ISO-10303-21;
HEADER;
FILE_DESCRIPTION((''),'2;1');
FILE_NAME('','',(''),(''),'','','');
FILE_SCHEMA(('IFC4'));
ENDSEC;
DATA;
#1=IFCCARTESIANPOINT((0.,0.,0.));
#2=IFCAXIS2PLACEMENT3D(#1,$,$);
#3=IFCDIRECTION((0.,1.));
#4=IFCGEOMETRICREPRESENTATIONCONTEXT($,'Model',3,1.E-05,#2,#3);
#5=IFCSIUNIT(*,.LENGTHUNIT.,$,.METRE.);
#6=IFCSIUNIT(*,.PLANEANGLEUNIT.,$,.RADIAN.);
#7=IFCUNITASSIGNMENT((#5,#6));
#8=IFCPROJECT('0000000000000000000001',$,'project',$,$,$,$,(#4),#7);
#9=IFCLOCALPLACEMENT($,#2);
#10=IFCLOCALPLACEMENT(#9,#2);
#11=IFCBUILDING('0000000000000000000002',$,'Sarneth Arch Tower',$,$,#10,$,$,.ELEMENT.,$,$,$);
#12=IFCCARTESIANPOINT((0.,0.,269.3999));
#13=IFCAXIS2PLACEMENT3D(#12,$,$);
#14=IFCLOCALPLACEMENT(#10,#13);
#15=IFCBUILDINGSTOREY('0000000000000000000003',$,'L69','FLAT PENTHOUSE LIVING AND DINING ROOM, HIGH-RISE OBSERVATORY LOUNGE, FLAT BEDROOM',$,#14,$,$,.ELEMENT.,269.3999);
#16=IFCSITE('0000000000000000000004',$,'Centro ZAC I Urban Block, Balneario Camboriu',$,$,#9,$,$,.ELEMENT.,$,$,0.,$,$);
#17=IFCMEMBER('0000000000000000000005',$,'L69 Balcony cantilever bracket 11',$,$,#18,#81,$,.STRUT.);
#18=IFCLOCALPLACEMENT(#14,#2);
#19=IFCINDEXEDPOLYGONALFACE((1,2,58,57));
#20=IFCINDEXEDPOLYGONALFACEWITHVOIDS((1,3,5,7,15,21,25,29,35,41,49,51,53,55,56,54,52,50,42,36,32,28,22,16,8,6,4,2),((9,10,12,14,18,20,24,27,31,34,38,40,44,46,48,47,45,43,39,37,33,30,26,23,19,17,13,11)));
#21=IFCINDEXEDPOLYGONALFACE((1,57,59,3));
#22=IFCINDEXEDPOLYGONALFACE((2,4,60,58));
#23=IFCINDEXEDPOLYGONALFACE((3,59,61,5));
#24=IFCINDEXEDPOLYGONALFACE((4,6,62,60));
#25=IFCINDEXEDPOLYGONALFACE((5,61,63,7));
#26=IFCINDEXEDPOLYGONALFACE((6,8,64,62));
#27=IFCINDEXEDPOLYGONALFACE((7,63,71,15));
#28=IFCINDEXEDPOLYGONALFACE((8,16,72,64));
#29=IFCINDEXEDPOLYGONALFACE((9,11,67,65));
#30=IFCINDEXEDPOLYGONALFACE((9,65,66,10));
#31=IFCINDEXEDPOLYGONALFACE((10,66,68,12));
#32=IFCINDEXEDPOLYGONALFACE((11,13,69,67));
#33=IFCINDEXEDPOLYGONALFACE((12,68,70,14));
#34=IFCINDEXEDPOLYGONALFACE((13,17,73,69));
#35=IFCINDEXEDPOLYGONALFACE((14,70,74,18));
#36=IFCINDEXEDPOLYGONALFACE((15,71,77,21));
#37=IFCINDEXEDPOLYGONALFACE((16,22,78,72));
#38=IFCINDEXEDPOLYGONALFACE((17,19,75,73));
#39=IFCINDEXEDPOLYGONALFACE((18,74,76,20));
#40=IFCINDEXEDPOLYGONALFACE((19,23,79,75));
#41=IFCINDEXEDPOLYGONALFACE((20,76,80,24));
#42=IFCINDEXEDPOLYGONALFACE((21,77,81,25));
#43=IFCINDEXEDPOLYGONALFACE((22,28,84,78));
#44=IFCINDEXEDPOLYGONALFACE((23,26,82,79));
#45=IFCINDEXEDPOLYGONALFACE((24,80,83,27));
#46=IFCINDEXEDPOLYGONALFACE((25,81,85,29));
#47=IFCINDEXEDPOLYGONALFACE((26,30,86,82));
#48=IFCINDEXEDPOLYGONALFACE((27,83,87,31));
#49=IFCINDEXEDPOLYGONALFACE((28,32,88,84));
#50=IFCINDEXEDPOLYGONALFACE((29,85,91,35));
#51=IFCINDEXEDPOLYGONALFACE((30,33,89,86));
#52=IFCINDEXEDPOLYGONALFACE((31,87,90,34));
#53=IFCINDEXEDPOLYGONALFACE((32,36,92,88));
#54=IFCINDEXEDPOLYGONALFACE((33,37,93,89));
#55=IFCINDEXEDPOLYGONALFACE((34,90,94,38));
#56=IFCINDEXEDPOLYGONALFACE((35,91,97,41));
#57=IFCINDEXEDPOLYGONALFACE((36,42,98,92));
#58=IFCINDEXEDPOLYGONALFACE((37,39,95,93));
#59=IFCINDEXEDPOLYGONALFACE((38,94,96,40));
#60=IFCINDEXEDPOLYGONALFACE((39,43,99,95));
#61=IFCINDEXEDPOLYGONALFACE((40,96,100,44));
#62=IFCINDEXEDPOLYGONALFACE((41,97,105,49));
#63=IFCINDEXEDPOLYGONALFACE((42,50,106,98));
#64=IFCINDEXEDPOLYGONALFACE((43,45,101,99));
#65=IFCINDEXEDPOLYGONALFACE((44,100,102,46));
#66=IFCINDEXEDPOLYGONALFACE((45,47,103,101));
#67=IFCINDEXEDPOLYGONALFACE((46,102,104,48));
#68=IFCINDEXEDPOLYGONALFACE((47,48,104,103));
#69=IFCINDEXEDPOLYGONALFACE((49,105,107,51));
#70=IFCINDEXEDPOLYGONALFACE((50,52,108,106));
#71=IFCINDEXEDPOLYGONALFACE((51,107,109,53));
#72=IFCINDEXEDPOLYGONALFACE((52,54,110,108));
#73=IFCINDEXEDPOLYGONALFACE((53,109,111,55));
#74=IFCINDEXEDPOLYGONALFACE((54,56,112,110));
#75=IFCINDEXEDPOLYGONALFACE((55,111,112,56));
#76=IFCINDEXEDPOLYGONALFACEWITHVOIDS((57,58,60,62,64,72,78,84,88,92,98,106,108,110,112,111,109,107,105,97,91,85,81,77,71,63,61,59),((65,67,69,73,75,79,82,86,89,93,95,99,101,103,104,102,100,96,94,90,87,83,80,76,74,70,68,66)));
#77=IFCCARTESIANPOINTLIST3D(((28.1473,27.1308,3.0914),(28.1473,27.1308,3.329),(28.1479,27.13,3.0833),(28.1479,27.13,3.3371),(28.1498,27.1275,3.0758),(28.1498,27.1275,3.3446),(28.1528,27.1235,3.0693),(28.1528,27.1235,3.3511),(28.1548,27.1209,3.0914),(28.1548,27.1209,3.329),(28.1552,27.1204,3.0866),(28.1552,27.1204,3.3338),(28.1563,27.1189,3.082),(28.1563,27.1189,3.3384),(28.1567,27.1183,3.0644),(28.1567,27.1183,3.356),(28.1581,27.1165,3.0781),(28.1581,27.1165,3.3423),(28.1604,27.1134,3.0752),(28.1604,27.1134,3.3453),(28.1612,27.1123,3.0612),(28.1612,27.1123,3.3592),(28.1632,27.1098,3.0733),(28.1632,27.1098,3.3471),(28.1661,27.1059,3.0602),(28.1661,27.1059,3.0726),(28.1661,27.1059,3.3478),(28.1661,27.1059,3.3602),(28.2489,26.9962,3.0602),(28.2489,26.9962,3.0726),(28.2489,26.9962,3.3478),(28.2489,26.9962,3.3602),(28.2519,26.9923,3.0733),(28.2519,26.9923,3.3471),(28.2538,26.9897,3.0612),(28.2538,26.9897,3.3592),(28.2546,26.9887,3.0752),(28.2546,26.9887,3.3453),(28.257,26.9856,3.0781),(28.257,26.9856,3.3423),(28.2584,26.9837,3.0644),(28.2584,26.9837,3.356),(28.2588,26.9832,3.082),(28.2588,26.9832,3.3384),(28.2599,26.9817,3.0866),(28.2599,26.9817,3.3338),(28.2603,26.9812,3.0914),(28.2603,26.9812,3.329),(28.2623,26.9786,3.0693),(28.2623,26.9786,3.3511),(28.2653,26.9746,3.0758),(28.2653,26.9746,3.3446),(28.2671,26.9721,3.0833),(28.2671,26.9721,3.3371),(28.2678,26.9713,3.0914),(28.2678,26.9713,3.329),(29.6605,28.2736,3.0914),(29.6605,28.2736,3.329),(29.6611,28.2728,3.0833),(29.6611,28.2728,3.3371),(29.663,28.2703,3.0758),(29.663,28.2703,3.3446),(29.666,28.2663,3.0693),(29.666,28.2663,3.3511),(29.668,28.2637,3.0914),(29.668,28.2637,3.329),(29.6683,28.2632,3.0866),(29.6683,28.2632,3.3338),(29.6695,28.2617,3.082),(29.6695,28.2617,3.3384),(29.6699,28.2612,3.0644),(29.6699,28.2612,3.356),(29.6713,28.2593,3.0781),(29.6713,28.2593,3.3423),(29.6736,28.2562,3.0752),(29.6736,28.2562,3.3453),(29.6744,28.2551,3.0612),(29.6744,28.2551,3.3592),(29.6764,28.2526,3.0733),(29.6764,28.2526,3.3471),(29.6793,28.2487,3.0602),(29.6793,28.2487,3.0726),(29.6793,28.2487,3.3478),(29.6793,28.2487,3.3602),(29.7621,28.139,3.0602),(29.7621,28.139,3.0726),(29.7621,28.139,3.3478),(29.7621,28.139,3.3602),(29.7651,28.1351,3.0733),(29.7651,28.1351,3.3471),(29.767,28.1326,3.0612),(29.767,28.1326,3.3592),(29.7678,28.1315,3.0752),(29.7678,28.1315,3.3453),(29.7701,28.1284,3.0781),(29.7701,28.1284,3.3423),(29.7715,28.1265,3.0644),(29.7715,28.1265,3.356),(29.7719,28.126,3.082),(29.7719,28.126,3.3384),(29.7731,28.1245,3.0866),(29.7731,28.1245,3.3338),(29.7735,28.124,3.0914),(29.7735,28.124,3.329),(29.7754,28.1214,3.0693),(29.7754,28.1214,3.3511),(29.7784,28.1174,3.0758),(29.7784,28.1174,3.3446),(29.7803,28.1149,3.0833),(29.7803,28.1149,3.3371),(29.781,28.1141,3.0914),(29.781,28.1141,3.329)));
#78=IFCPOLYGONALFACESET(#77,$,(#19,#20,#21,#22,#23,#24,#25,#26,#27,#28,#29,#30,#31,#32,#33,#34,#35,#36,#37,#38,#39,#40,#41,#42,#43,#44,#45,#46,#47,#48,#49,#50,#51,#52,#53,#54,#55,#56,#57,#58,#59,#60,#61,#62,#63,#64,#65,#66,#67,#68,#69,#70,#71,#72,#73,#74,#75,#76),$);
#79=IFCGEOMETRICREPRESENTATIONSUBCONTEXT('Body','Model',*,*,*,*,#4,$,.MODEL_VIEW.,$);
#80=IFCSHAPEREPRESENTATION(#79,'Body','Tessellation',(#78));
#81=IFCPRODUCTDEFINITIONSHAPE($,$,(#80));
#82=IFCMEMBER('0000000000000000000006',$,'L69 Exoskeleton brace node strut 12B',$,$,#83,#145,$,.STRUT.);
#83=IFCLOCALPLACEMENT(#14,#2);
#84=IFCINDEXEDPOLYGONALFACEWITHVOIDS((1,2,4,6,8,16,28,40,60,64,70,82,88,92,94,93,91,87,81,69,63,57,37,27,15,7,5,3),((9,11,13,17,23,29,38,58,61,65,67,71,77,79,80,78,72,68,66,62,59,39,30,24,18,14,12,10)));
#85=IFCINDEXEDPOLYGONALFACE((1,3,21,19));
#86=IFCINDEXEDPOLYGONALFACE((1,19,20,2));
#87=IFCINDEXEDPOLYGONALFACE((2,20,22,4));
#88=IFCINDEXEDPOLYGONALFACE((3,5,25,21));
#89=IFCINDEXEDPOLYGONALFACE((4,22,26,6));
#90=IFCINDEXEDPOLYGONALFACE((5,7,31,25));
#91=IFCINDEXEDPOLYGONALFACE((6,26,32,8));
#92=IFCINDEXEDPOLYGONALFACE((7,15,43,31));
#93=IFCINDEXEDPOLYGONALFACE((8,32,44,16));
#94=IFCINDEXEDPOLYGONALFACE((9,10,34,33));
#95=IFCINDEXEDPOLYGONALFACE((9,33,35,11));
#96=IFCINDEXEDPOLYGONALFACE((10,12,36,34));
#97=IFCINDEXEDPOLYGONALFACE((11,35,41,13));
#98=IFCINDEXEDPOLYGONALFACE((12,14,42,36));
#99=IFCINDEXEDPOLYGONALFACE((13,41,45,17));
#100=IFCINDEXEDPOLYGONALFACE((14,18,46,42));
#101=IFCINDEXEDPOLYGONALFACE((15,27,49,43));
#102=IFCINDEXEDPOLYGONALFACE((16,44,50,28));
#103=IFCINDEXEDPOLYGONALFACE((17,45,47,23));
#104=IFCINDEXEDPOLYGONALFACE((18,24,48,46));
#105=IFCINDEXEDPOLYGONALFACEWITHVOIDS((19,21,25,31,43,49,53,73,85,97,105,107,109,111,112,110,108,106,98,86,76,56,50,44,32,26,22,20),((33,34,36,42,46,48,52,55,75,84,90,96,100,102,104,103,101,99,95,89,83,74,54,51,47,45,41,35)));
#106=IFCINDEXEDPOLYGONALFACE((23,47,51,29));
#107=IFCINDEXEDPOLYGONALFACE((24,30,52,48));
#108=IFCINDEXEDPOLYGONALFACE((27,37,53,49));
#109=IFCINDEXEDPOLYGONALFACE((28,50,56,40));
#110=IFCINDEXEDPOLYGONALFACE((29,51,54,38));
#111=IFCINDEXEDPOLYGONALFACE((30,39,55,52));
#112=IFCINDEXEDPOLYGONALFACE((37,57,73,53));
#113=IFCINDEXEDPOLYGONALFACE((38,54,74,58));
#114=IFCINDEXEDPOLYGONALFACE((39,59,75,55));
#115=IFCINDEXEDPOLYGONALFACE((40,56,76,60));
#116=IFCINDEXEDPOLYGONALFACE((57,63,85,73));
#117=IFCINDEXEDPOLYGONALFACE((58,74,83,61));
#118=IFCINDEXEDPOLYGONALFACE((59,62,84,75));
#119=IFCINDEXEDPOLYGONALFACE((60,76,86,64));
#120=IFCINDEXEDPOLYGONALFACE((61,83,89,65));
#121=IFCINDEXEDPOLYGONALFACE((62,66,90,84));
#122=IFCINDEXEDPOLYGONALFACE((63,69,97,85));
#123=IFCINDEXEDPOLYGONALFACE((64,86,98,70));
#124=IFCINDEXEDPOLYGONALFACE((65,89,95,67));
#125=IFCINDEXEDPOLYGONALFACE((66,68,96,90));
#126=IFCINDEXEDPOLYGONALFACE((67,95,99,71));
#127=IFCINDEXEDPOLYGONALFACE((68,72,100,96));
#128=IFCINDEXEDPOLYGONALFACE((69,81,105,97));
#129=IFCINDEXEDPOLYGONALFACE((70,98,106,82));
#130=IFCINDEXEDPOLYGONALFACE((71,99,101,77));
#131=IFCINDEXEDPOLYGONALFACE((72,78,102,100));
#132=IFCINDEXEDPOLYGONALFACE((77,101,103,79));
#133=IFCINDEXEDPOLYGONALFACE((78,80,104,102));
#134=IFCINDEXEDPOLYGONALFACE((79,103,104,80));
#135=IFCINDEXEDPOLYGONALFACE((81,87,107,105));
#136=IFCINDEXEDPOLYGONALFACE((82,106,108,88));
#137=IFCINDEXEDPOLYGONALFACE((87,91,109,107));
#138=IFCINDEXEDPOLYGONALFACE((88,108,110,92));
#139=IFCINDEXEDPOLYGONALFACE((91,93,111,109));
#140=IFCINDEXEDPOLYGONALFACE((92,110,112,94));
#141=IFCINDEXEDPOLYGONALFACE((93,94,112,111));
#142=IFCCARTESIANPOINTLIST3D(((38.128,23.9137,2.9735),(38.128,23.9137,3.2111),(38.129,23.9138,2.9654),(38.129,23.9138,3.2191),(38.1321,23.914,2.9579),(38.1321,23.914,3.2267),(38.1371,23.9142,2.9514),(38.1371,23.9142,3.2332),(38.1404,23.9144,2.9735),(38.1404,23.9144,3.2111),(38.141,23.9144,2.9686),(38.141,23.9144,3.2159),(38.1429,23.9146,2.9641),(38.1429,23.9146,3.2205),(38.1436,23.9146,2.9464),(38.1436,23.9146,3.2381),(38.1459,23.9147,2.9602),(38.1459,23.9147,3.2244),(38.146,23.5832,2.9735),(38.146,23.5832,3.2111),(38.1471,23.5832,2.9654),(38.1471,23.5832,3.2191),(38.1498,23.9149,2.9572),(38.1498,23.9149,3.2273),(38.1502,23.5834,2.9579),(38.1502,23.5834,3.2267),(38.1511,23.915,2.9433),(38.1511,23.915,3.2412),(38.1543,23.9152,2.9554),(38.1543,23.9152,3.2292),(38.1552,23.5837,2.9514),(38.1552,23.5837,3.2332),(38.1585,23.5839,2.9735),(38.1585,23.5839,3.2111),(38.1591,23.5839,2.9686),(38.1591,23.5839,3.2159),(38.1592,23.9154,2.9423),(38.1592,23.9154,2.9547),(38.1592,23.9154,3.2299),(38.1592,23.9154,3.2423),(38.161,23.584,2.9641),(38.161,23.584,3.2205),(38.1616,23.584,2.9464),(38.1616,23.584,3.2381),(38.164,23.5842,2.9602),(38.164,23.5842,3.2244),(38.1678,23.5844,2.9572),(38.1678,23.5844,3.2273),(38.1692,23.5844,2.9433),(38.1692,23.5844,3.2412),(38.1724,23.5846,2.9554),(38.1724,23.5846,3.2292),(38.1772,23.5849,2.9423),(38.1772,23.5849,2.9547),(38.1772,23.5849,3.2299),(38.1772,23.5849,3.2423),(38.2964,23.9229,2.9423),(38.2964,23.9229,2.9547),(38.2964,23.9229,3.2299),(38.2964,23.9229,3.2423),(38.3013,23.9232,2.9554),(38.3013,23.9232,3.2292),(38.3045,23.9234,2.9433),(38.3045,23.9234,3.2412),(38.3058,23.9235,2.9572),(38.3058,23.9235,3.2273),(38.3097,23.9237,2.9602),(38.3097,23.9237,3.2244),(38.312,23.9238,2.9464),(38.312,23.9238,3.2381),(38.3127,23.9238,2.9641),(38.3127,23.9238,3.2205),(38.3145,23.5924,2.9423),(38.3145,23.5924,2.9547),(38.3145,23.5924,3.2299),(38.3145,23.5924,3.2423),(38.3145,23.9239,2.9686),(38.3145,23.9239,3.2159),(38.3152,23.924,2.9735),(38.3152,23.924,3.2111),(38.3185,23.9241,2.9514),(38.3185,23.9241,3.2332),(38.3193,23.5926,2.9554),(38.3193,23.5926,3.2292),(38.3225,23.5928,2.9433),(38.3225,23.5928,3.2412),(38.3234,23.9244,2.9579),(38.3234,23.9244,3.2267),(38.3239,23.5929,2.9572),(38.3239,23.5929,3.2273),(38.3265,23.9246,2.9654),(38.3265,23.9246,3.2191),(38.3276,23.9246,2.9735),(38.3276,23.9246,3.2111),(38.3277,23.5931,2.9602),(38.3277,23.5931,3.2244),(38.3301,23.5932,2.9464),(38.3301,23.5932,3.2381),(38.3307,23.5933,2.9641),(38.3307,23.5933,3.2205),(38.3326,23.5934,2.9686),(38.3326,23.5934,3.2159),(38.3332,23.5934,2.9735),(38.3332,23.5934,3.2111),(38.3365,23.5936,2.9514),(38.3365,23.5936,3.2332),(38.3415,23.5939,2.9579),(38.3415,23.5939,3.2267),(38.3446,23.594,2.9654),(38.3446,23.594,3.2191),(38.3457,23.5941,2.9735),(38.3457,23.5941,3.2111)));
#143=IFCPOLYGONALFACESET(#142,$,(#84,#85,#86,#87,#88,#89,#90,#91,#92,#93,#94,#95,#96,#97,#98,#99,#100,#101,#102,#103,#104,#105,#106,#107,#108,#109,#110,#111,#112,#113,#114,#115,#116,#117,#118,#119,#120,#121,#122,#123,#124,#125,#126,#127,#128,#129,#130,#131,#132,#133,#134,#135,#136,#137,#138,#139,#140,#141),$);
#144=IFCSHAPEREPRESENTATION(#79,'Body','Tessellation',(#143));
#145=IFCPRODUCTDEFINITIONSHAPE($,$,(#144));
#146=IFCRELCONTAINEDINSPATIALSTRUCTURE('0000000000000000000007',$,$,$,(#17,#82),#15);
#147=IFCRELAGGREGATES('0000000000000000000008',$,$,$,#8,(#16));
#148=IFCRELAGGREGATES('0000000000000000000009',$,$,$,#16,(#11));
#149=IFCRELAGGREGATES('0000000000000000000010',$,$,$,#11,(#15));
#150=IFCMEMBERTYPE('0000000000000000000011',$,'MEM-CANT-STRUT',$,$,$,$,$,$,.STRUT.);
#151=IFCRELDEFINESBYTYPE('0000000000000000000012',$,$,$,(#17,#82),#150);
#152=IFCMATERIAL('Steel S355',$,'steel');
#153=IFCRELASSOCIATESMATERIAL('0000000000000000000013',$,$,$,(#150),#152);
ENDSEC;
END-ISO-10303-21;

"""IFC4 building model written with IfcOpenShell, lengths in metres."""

from ifc_helpers import new_model, si_unit, direction, frame, origin, origin_2d, place, context, subcontext, project, spatial, hollow_rectangle, extrude, material, material_profile, profile_set, type_object, element, save


model = new_model("IFC4")

# Units and contexts
model_context = context("Model", 3, precision=1e-05, world=origin(), true_north=direction((0.0, 1.0)))
body_context = subcontext(model_context, "Body", "Model", "MODEL_VIEW")
ifc_project = project(units=[si_unit("LENGTHUNIT", "METRE"), si_unit("PLANEANGLEUNIT", "RADIAN")], contexts=[model_context])

# Site, building, storey
site_placement = place(None, origin())
site = spatial("IfcSite", under=ifc_project, at=site_placement, Name="Centro ZAC I Urban Block, Balneario Camboriu", CompositionType="ELEMENT", RefElevation=0.0)
building_placement = place(site_placement, origin())
building = spatial("IfcBuilding", under=site, at=building_placement, Name="Sarneth Arch Tower", CompositionType="ELEMENT")
storey_placement = place(building_placement, frame((0.0, 0.0, 269.3999)))
storey = spatial("IfcBuildingStorey", under=building, at=storey_placement, Name="L69", Description="FLAT PENTHOUSE LIVING AND DINING ROOM, HIGH-RISE OBSERVATORY LOUNGE, FLAT BEDROOM", CompositionType="ELEMENT", Elevation=269.3999)

# Members
ifc_material_1 = material(Name="Steel S355", Category="steel")
ifc_material_profile_1 = material_profile(ifc_material_1, hollow_rectangle(XDim=0.2, YDim=0.3, WallThickness=0.0125, InnerFilletRadius=0.0188, OuterFilletRadius=0.0312, at=origin_2d()), Name="RHS300x200x12.5")
ifc_profile_set_1 = profile_set([ifc_material_profile_1], Name="Steel S355")
member_type_1 = type_object("IfcMemberType", Name="MEM-CANT-STRUT", PredefinedType="STRUT", material=ifc_profile_set_1)
member_1_placement = place(storey_placement, frame((29.7207, 28.1938, 3.2102), z_axis=(-0.797987, -0.602675, 0.0), x_axis=(0.602675, -0.797987, 0.0)))
element("IfcMember", 1, at=member_1_placement, inside=storey, type_object=member_type_1, Name="L69 Balcony cantilever bracket 11", PredefinedType="STRUT", context=body_context, shape_type="SweptSolid", body=[
    extrude(hollow_rectangle(XDim=0.2, YDim=0.3, WallThickness=0.0125, InnerFilletRadius=0.0188, OuterFilletRadius=0.0312, at=origin_2d()), origin(), (0.0, 0.0, 1.0), 1.8962),
])
member_2_placement = place(storey_placement, frame((38.2278, 23.9192, 3.0923), z_axis=(0.054571, -0.99851, 0.0), x_axis=(0.99851, 0.054571, 0.0)))
element("IfcMember", 2, at=member_2_placement, inside=storey, type_object=member_type_1, Name="L69 Exoskeleton brace node strut 12B", PredefinedType="STRUT", context=body_context, shape_type="SweptSolid", body=[
    extrude(hollow_rectangle(XDim=0.2, YDim=0.3, WallThickness=0.0125, InnerFilletRadius=0.0188, OuterFilletRadius=0.0312, at=origin_2d()), origin(), (0.0, 0.0, 1.0), 0.3311),
])

save(model, "model.ifc")
